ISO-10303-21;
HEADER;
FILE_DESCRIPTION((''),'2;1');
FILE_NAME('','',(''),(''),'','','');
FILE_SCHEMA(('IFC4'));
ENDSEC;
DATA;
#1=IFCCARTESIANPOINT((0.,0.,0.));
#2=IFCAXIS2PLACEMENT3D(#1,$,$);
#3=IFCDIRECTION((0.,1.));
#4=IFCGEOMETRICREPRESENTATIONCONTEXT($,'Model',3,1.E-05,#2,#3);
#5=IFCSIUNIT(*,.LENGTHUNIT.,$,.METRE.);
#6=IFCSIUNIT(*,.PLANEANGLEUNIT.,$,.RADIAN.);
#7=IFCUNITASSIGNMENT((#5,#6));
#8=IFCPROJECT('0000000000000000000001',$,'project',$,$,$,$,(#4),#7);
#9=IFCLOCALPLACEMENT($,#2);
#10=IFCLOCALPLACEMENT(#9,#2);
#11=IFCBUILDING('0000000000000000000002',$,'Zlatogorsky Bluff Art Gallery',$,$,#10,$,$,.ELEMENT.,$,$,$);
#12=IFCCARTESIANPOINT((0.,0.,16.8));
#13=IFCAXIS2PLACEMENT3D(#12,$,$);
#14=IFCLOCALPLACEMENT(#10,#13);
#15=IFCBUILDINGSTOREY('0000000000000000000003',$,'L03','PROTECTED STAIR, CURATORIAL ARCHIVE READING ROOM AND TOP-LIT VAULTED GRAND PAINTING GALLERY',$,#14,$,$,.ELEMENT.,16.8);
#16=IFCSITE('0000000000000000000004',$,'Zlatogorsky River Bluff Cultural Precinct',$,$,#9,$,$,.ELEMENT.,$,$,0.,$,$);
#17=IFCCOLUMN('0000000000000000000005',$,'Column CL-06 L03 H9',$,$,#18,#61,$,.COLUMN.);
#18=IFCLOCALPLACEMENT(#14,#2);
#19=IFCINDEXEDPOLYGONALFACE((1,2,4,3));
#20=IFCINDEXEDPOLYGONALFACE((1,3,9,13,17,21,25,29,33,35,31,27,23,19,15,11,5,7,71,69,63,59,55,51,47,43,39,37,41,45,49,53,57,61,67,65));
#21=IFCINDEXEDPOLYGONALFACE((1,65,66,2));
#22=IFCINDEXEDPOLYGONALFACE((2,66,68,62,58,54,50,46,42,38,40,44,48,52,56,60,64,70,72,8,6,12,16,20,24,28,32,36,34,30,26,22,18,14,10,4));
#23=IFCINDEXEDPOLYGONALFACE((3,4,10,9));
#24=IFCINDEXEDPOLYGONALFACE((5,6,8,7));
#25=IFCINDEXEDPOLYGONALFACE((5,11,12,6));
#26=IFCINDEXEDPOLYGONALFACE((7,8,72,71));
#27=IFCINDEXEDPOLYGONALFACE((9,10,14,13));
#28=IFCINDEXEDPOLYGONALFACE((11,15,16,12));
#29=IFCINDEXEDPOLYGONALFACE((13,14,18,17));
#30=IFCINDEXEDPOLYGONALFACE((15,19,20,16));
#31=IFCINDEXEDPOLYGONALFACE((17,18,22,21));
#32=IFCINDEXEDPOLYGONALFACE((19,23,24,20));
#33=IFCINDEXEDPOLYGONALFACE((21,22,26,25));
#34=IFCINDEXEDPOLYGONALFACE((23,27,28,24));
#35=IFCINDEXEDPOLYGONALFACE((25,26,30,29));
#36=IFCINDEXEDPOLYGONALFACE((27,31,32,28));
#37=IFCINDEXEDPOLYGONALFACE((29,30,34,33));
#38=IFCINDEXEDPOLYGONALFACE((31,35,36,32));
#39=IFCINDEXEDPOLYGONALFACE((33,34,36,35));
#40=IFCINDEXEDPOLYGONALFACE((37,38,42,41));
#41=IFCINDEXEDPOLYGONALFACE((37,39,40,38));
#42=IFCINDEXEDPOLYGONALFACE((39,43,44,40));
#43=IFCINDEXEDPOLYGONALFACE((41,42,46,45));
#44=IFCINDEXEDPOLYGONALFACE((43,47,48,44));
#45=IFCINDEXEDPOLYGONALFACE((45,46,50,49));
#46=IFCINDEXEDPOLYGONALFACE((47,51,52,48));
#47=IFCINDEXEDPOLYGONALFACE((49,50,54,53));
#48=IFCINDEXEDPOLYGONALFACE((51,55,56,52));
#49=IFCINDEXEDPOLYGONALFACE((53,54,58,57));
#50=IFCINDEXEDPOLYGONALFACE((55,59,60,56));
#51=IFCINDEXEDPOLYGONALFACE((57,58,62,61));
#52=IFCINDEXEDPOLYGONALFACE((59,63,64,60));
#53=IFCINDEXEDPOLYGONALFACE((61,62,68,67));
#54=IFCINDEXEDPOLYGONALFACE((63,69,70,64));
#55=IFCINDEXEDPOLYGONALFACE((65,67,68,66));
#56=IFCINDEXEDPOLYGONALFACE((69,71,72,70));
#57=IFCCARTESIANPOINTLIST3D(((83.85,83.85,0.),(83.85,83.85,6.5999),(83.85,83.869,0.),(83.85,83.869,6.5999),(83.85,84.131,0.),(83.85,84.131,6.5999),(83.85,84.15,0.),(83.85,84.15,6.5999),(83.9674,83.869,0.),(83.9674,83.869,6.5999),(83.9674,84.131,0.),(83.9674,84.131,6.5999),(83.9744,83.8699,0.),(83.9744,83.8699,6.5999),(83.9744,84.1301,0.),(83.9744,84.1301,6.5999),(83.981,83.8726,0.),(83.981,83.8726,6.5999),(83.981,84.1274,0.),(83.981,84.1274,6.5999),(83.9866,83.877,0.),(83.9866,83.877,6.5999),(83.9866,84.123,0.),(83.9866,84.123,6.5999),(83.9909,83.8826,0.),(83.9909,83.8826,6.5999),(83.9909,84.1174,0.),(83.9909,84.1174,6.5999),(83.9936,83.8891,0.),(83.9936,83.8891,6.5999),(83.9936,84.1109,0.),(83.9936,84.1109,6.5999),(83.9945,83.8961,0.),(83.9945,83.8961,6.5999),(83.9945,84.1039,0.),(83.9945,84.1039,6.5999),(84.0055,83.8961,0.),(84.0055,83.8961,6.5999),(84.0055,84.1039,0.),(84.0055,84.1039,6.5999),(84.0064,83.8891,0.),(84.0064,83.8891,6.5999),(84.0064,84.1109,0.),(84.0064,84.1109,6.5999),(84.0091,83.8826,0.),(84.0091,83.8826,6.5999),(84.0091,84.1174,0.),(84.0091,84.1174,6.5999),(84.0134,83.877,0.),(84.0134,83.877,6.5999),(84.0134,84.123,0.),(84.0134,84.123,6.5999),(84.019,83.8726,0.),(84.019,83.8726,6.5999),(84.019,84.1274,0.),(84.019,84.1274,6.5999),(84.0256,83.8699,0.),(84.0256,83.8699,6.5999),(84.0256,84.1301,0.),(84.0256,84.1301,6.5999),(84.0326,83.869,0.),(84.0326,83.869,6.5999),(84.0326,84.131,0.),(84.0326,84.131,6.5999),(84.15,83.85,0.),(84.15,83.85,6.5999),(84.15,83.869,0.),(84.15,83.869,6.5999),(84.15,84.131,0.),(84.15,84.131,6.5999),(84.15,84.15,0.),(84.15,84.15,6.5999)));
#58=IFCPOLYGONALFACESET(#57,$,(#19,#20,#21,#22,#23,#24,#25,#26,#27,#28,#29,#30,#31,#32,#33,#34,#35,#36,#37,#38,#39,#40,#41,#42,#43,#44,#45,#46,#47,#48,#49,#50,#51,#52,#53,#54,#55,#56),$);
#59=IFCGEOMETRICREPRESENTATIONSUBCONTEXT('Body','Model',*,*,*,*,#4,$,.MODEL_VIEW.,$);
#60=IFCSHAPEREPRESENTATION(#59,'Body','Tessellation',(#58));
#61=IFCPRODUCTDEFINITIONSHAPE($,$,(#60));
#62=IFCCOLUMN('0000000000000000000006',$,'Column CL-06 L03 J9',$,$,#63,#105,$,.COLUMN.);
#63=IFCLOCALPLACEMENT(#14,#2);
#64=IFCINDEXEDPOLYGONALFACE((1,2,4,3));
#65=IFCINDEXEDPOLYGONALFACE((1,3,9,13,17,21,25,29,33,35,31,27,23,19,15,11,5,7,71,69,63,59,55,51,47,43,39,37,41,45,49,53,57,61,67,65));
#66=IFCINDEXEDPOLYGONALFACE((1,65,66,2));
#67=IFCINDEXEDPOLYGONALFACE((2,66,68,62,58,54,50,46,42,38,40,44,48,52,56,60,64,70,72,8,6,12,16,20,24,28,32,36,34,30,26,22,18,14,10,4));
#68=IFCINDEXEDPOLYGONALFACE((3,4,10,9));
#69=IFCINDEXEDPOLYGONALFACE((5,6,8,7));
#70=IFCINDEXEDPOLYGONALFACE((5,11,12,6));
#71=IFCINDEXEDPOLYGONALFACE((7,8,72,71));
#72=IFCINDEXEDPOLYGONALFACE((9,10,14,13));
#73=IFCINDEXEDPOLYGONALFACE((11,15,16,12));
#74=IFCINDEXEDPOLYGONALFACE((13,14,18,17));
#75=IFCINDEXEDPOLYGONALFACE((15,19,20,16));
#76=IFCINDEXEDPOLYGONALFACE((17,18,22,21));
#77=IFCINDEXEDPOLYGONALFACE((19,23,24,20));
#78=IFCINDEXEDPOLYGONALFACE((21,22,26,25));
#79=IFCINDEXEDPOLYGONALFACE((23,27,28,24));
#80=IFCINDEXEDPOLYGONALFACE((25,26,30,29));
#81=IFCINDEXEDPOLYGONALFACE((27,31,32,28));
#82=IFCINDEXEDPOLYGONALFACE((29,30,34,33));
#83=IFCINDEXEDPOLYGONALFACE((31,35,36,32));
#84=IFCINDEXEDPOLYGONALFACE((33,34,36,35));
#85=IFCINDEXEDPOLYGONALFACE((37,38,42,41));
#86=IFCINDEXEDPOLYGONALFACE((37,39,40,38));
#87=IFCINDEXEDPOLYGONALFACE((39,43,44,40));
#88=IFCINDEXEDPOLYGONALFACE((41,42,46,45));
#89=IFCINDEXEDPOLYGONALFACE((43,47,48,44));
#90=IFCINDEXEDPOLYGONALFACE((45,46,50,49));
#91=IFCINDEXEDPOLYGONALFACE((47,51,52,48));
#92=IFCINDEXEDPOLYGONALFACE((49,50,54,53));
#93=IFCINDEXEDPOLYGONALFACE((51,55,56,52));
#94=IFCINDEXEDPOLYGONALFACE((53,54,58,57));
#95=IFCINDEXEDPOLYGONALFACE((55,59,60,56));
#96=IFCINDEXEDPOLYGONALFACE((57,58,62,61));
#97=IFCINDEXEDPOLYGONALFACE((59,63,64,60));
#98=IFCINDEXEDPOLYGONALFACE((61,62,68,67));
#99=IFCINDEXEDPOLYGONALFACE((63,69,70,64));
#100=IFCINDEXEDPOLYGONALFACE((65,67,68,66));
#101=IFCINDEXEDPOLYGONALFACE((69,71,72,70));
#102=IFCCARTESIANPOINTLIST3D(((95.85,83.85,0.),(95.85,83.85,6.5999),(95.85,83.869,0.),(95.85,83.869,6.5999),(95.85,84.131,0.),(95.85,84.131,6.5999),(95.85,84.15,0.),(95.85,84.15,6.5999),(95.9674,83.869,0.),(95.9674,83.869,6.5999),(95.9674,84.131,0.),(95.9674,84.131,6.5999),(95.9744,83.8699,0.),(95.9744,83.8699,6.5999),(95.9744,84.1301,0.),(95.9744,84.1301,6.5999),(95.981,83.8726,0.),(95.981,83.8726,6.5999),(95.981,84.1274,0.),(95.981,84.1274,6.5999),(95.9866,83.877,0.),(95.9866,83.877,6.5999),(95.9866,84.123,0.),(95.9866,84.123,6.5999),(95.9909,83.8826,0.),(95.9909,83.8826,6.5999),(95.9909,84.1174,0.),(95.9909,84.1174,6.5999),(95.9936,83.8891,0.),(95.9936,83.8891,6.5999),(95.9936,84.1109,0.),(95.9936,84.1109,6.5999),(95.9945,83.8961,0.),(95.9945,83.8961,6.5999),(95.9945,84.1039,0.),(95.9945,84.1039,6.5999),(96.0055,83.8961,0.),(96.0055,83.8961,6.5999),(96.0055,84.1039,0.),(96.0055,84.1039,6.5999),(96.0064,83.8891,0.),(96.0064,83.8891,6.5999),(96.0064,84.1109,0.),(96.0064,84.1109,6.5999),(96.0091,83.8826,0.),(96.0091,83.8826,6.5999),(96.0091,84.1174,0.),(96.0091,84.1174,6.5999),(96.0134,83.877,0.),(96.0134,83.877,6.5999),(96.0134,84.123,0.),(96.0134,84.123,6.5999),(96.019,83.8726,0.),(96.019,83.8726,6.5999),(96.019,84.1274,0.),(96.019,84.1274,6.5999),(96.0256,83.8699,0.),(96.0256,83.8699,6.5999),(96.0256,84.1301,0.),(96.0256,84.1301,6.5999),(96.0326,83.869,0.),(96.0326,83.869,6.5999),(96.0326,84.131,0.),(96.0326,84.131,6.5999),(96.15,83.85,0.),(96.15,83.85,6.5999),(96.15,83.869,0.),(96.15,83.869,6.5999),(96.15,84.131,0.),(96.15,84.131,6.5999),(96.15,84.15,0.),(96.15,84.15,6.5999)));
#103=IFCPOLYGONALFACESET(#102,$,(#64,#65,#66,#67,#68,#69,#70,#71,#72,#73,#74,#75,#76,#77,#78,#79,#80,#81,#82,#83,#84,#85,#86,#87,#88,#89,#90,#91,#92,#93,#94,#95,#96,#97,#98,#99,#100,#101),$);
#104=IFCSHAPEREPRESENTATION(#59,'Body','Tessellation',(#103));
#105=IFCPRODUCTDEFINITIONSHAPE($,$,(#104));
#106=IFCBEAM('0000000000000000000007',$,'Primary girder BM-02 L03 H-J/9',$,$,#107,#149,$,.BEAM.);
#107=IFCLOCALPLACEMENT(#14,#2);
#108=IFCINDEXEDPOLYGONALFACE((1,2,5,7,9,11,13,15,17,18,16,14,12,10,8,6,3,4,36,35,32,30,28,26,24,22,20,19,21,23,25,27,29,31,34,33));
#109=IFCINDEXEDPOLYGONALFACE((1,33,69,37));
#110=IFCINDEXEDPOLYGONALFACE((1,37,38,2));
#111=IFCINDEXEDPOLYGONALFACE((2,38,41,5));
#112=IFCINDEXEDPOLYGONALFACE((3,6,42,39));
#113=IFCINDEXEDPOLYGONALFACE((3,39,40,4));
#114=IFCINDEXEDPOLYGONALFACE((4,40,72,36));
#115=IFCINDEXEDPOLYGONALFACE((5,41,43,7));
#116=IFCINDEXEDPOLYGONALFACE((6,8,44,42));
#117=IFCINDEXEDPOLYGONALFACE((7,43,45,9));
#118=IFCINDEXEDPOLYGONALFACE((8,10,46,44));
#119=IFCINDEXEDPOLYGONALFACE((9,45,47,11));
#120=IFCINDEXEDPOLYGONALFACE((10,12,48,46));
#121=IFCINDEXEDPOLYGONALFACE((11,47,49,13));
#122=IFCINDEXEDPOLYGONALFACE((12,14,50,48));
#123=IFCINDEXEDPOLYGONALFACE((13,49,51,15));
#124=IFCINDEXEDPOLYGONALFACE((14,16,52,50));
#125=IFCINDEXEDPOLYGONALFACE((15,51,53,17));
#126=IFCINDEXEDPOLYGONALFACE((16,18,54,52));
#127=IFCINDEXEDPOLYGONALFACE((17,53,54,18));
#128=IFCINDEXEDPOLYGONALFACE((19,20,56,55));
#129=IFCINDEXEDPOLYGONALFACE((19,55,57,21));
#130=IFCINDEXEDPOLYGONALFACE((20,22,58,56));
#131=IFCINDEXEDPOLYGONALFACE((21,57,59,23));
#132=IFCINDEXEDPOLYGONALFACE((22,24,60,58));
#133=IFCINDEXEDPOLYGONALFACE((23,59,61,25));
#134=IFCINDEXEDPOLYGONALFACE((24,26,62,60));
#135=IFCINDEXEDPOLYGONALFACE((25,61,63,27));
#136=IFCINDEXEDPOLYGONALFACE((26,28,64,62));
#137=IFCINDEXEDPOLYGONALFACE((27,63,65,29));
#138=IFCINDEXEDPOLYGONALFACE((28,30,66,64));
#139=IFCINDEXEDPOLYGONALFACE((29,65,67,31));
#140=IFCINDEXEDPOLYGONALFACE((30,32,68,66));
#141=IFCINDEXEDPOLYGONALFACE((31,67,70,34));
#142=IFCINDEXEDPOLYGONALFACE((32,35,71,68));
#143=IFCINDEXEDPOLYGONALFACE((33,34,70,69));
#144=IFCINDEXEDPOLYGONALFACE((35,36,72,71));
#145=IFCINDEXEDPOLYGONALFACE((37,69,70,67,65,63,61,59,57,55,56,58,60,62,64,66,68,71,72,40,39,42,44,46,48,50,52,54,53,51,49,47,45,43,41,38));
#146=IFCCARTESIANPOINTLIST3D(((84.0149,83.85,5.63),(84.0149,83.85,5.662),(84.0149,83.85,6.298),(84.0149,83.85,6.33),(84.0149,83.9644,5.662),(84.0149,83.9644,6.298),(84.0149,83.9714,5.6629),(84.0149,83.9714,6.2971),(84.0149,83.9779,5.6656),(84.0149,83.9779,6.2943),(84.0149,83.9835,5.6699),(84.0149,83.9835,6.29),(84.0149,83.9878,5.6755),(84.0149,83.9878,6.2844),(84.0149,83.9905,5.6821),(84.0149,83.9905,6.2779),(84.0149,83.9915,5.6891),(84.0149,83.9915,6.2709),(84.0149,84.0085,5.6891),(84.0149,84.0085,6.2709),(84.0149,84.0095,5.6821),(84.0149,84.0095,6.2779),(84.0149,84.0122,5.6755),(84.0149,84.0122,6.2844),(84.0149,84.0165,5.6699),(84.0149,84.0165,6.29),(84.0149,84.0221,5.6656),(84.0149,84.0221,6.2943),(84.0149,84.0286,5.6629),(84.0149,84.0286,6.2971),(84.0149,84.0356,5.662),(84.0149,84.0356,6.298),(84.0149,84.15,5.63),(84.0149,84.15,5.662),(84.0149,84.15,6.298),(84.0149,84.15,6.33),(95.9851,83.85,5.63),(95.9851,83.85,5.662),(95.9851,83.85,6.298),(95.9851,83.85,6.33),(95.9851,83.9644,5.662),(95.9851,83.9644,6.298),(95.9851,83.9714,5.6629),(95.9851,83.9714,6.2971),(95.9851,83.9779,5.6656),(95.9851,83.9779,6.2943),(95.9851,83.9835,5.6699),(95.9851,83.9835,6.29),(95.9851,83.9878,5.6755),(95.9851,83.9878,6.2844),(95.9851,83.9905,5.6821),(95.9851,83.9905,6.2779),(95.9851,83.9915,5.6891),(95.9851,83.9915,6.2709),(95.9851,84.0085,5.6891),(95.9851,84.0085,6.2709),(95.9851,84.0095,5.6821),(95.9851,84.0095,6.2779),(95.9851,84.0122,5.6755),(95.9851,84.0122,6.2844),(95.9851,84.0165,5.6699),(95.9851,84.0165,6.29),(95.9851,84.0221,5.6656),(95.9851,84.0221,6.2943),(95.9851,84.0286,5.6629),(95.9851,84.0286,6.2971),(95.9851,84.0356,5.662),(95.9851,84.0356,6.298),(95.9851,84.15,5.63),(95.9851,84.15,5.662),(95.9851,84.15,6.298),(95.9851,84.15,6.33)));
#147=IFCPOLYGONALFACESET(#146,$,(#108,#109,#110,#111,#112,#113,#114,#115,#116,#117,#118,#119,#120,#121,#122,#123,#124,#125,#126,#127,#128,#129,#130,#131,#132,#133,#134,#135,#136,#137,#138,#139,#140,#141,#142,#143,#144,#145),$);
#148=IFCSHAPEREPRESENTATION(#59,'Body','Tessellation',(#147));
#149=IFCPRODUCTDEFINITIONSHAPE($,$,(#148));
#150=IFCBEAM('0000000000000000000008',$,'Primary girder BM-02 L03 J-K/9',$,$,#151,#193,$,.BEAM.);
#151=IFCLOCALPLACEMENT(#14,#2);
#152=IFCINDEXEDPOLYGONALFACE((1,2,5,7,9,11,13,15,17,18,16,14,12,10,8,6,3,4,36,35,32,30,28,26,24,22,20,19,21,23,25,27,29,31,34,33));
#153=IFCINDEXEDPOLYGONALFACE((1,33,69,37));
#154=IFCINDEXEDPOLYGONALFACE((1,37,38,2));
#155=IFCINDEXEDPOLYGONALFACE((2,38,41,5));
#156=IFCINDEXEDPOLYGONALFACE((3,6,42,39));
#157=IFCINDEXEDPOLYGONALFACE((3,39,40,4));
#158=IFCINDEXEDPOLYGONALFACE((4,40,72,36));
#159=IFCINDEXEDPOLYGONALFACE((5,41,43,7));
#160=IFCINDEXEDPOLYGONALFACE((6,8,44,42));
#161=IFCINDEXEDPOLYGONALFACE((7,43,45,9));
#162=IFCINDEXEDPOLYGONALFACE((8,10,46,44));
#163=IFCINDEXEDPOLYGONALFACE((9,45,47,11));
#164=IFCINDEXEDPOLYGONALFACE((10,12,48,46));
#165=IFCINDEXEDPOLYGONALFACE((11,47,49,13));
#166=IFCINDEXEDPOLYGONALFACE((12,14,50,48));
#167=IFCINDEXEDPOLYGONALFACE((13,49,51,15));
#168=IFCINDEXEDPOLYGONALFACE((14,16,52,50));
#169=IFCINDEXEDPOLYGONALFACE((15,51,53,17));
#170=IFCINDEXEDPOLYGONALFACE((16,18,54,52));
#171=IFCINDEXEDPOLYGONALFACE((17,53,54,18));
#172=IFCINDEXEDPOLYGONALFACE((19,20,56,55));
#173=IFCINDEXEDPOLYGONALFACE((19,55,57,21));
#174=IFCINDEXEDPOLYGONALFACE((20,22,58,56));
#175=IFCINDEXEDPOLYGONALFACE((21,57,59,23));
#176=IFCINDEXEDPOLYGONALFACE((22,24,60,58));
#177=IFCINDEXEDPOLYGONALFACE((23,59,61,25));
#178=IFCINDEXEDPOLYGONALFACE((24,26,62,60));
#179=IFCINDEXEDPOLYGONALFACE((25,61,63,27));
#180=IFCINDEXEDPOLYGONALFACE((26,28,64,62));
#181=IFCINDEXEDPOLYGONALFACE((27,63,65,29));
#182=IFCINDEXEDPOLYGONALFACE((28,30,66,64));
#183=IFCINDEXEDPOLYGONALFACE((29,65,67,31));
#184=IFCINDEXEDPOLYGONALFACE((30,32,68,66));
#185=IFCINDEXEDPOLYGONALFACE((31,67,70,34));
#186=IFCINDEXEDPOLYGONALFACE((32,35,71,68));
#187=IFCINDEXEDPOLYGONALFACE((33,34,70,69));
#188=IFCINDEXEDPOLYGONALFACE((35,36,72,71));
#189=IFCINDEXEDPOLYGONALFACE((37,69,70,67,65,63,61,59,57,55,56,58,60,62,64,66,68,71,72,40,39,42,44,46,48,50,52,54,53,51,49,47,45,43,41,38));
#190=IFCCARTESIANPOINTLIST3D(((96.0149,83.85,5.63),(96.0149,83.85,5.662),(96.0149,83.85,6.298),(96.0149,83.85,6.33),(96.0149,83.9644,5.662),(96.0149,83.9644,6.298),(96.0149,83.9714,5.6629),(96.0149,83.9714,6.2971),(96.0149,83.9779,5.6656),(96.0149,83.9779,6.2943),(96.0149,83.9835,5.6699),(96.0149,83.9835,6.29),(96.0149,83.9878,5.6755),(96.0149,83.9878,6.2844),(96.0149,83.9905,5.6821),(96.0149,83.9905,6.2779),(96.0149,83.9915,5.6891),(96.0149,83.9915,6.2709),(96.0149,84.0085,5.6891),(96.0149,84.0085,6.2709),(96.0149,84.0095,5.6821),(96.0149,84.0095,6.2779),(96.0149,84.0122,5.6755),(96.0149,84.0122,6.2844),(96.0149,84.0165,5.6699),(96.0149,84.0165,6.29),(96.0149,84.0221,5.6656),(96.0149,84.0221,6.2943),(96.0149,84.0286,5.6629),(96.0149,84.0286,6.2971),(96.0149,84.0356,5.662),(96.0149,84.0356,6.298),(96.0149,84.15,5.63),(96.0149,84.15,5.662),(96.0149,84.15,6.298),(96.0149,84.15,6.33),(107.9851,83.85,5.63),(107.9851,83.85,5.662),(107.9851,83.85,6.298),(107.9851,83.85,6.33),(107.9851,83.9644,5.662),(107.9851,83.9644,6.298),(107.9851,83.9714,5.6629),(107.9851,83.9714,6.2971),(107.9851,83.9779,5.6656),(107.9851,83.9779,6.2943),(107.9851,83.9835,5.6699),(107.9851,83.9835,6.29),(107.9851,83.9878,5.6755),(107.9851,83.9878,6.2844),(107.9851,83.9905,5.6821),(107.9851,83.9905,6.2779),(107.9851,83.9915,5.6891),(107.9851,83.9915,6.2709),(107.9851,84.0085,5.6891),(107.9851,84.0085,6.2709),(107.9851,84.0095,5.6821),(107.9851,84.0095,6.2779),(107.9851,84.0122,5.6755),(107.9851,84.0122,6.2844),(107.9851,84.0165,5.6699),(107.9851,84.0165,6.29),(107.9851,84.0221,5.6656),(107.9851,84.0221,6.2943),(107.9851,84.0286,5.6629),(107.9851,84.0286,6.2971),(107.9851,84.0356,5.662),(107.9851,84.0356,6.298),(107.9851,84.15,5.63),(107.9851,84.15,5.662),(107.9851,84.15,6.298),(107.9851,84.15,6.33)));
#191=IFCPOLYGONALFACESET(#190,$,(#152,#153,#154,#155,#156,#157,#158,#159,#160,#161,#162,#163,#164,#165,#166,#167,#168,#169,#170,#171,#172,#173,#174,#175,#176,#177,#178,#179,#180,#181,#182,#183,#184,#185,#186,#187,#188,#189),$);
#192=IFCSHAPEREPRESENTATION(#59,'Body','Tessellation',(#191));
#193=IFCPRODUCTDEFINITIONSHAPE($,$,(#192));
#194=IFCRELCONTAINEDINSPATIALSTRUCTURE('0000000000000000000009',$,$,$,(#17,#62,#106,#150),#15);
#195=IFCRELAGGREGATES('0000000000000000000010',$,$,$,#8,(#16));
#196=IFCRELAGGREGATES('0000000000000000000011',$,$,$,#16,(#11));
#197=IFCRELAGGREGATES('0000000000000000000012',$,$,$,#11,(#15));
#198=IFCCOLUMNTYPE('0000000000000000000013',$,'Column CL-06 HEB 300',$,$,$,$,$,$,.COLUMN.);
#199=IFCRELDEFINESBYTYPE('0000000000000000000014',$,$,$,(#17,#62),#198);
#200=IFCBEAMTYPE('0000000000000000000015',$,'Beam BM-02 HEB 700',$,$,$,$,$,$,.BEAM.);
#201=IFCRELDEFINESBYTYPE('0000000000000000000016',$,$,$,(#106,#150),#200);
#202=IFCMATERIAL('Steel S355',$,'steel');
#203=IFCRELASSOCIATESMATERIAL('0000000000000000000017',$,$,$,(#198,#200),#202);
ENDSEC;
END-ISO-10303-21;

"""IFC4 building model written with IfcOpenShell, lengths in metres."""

from ifc_helpers import new_model, si_unit, direction, frame, origin, origin_2d, place, context, subcontext, project, spatial, i_section, extrude, material, material_profile, profile_set, type_object, element, save


model = new_model("IFC4")

# Units and contexts
model_context = context("Model", 3, precision=1e-05, world=origin(), true_north=direction((0.0, 1.0)))
body_context = subcontext(model_context, "Body", "Model", "MODEL_VIEW")
ifc_project = project(units=[si_unit("LENGTHUNIT", "METRE"), si_unit("PLANEANGLEUNIT", "RADIAN")], contexts=[model_context])

# Site, building, storey
site_placement = place(None, origin())
site = spatial("IfcSite", under=ifc_project, at=site_placement, Name="Zlatogorsky River Bluff Cultural Precinct", CompositionType="ELEMENT", RefElevation=0.0)
building_placement = place(site_placement, origin())
building = spatial("IfcBuilding", under=site, at=building_placement, Name="Zlatogorsky Bluff Art Gallery", CompositionType="ELEMENT")
storey_placement = place(building_placement, frame((0.0, 0.0, 16.8)))
storey = spatial("IfcBuildingStorey", under=building, at=storey_placement, Name="L03", Description="PROTECTED STAIR, CURATORIAL ARCHIVE READING ROOM AND TOP-LIT VAULTED GRAND PAINTING GALLERY", CompositionType="ELEMENT", Elevation=16.8)

# Columns
ifc_material_1 = material(Name="Steel S355", Category="steel")
ifc_material_profile_1 = material_profile(ifc_material_1, i_section(OverallWidth=0.3, OverallDepth=0.3, WebThickness=0.011, FlangeThickness=0.019, FilletRadius=0.0271, at=origin_2d()), Name="HEB 300")
ifc_profile_set_1 = profile_set([ifc_material_profile_1], Name="Steel S355")
column_type = type_object("IfcColumnType", Name="Column CL-06 HEB 300", PredefinedType="COLUMN", material=ifc_profile_set_1)
for number, where, z_axis, x_axis, name in (
    (1, (84.0, 84.0, 0.0), (0.0, 0.0, 1.0), (1.0, 0.0, 0.0), "Column CL-06 L03 H9"),
    (2, (96.0, 84.0, 0.0), (0.0, 0.0, 1.0), (1.0, 0.0, 0.0), "Column CL-06 L03 J9"),
):
    element("IfcColumn", number, at=place(storey_placement, frame(where, z_axis=z_axis, x_axis=x_axis)), inside=storey, type_object=column_type, Name=name, PredefinedType="COLUMN", context=body_context, shape_type="SweptSolid", body=[
        extrude(i_section(OverallWidth=0.3, OverallDepth=0.3, WebThickness=0.011, FlangeThickness=0.019, FilletRadius=0.0271, at=origin_2d()), origin(), (0.0, 0.0, 1.0), 6.5999),
    ])

# Beams
ifc_material_profile_2 = material_profile(ifc_material_1, i_section(OverallWidth=0.3, OverallDepth=0.7, WebThickness=0.0171, FlangeThickness=0.032, FilletRadius=0.0271, at=origin_2d()), Name="HEB 700")
ifc_profile_set_2 = profile_set([ifc_material_profile_2], Name="Steel S355")
beam_type = type_object("IfcBeamType", Name="Beam BM-02 HEB 700", PredefinedType="BEAM", material=ifc_profile_set_2)
for number, where, z_axis, x_axis, name in (
    (3, (84.0149, 84.0, 5.98), (1.0, 0.0, 0.0), (0.0, 1.0, 0.0), "Primary girder BM-02 L03 H-J/9"),
    (4, (96.0149, 84.0, 5.98), (1.0, 0.0, 0.0), (0.0, 1.0, 0.0), "Primary girder BM-02 L03 J-K/9"),
):
    element("IfcBeam", number, at=place(storey_placement, frame(where, z_axis=z_axis, x_axis=x_axis)), inside=storey, type_object=beam_type, Name=name, PredefinedType="BEAM", context=body_context, shape_type="SweptSolid", body=[
        extrude(i_section(OverallWidth=0.3, OverallDepth=0.7, WebThickness=0.0171, FlangeThickness=0.032, FilletRadius=0.0271, at=origin_2d()), origin(), (0.0, 0.0, 1.0), 11.9702),
    ])

save(model, "model.ifc")
